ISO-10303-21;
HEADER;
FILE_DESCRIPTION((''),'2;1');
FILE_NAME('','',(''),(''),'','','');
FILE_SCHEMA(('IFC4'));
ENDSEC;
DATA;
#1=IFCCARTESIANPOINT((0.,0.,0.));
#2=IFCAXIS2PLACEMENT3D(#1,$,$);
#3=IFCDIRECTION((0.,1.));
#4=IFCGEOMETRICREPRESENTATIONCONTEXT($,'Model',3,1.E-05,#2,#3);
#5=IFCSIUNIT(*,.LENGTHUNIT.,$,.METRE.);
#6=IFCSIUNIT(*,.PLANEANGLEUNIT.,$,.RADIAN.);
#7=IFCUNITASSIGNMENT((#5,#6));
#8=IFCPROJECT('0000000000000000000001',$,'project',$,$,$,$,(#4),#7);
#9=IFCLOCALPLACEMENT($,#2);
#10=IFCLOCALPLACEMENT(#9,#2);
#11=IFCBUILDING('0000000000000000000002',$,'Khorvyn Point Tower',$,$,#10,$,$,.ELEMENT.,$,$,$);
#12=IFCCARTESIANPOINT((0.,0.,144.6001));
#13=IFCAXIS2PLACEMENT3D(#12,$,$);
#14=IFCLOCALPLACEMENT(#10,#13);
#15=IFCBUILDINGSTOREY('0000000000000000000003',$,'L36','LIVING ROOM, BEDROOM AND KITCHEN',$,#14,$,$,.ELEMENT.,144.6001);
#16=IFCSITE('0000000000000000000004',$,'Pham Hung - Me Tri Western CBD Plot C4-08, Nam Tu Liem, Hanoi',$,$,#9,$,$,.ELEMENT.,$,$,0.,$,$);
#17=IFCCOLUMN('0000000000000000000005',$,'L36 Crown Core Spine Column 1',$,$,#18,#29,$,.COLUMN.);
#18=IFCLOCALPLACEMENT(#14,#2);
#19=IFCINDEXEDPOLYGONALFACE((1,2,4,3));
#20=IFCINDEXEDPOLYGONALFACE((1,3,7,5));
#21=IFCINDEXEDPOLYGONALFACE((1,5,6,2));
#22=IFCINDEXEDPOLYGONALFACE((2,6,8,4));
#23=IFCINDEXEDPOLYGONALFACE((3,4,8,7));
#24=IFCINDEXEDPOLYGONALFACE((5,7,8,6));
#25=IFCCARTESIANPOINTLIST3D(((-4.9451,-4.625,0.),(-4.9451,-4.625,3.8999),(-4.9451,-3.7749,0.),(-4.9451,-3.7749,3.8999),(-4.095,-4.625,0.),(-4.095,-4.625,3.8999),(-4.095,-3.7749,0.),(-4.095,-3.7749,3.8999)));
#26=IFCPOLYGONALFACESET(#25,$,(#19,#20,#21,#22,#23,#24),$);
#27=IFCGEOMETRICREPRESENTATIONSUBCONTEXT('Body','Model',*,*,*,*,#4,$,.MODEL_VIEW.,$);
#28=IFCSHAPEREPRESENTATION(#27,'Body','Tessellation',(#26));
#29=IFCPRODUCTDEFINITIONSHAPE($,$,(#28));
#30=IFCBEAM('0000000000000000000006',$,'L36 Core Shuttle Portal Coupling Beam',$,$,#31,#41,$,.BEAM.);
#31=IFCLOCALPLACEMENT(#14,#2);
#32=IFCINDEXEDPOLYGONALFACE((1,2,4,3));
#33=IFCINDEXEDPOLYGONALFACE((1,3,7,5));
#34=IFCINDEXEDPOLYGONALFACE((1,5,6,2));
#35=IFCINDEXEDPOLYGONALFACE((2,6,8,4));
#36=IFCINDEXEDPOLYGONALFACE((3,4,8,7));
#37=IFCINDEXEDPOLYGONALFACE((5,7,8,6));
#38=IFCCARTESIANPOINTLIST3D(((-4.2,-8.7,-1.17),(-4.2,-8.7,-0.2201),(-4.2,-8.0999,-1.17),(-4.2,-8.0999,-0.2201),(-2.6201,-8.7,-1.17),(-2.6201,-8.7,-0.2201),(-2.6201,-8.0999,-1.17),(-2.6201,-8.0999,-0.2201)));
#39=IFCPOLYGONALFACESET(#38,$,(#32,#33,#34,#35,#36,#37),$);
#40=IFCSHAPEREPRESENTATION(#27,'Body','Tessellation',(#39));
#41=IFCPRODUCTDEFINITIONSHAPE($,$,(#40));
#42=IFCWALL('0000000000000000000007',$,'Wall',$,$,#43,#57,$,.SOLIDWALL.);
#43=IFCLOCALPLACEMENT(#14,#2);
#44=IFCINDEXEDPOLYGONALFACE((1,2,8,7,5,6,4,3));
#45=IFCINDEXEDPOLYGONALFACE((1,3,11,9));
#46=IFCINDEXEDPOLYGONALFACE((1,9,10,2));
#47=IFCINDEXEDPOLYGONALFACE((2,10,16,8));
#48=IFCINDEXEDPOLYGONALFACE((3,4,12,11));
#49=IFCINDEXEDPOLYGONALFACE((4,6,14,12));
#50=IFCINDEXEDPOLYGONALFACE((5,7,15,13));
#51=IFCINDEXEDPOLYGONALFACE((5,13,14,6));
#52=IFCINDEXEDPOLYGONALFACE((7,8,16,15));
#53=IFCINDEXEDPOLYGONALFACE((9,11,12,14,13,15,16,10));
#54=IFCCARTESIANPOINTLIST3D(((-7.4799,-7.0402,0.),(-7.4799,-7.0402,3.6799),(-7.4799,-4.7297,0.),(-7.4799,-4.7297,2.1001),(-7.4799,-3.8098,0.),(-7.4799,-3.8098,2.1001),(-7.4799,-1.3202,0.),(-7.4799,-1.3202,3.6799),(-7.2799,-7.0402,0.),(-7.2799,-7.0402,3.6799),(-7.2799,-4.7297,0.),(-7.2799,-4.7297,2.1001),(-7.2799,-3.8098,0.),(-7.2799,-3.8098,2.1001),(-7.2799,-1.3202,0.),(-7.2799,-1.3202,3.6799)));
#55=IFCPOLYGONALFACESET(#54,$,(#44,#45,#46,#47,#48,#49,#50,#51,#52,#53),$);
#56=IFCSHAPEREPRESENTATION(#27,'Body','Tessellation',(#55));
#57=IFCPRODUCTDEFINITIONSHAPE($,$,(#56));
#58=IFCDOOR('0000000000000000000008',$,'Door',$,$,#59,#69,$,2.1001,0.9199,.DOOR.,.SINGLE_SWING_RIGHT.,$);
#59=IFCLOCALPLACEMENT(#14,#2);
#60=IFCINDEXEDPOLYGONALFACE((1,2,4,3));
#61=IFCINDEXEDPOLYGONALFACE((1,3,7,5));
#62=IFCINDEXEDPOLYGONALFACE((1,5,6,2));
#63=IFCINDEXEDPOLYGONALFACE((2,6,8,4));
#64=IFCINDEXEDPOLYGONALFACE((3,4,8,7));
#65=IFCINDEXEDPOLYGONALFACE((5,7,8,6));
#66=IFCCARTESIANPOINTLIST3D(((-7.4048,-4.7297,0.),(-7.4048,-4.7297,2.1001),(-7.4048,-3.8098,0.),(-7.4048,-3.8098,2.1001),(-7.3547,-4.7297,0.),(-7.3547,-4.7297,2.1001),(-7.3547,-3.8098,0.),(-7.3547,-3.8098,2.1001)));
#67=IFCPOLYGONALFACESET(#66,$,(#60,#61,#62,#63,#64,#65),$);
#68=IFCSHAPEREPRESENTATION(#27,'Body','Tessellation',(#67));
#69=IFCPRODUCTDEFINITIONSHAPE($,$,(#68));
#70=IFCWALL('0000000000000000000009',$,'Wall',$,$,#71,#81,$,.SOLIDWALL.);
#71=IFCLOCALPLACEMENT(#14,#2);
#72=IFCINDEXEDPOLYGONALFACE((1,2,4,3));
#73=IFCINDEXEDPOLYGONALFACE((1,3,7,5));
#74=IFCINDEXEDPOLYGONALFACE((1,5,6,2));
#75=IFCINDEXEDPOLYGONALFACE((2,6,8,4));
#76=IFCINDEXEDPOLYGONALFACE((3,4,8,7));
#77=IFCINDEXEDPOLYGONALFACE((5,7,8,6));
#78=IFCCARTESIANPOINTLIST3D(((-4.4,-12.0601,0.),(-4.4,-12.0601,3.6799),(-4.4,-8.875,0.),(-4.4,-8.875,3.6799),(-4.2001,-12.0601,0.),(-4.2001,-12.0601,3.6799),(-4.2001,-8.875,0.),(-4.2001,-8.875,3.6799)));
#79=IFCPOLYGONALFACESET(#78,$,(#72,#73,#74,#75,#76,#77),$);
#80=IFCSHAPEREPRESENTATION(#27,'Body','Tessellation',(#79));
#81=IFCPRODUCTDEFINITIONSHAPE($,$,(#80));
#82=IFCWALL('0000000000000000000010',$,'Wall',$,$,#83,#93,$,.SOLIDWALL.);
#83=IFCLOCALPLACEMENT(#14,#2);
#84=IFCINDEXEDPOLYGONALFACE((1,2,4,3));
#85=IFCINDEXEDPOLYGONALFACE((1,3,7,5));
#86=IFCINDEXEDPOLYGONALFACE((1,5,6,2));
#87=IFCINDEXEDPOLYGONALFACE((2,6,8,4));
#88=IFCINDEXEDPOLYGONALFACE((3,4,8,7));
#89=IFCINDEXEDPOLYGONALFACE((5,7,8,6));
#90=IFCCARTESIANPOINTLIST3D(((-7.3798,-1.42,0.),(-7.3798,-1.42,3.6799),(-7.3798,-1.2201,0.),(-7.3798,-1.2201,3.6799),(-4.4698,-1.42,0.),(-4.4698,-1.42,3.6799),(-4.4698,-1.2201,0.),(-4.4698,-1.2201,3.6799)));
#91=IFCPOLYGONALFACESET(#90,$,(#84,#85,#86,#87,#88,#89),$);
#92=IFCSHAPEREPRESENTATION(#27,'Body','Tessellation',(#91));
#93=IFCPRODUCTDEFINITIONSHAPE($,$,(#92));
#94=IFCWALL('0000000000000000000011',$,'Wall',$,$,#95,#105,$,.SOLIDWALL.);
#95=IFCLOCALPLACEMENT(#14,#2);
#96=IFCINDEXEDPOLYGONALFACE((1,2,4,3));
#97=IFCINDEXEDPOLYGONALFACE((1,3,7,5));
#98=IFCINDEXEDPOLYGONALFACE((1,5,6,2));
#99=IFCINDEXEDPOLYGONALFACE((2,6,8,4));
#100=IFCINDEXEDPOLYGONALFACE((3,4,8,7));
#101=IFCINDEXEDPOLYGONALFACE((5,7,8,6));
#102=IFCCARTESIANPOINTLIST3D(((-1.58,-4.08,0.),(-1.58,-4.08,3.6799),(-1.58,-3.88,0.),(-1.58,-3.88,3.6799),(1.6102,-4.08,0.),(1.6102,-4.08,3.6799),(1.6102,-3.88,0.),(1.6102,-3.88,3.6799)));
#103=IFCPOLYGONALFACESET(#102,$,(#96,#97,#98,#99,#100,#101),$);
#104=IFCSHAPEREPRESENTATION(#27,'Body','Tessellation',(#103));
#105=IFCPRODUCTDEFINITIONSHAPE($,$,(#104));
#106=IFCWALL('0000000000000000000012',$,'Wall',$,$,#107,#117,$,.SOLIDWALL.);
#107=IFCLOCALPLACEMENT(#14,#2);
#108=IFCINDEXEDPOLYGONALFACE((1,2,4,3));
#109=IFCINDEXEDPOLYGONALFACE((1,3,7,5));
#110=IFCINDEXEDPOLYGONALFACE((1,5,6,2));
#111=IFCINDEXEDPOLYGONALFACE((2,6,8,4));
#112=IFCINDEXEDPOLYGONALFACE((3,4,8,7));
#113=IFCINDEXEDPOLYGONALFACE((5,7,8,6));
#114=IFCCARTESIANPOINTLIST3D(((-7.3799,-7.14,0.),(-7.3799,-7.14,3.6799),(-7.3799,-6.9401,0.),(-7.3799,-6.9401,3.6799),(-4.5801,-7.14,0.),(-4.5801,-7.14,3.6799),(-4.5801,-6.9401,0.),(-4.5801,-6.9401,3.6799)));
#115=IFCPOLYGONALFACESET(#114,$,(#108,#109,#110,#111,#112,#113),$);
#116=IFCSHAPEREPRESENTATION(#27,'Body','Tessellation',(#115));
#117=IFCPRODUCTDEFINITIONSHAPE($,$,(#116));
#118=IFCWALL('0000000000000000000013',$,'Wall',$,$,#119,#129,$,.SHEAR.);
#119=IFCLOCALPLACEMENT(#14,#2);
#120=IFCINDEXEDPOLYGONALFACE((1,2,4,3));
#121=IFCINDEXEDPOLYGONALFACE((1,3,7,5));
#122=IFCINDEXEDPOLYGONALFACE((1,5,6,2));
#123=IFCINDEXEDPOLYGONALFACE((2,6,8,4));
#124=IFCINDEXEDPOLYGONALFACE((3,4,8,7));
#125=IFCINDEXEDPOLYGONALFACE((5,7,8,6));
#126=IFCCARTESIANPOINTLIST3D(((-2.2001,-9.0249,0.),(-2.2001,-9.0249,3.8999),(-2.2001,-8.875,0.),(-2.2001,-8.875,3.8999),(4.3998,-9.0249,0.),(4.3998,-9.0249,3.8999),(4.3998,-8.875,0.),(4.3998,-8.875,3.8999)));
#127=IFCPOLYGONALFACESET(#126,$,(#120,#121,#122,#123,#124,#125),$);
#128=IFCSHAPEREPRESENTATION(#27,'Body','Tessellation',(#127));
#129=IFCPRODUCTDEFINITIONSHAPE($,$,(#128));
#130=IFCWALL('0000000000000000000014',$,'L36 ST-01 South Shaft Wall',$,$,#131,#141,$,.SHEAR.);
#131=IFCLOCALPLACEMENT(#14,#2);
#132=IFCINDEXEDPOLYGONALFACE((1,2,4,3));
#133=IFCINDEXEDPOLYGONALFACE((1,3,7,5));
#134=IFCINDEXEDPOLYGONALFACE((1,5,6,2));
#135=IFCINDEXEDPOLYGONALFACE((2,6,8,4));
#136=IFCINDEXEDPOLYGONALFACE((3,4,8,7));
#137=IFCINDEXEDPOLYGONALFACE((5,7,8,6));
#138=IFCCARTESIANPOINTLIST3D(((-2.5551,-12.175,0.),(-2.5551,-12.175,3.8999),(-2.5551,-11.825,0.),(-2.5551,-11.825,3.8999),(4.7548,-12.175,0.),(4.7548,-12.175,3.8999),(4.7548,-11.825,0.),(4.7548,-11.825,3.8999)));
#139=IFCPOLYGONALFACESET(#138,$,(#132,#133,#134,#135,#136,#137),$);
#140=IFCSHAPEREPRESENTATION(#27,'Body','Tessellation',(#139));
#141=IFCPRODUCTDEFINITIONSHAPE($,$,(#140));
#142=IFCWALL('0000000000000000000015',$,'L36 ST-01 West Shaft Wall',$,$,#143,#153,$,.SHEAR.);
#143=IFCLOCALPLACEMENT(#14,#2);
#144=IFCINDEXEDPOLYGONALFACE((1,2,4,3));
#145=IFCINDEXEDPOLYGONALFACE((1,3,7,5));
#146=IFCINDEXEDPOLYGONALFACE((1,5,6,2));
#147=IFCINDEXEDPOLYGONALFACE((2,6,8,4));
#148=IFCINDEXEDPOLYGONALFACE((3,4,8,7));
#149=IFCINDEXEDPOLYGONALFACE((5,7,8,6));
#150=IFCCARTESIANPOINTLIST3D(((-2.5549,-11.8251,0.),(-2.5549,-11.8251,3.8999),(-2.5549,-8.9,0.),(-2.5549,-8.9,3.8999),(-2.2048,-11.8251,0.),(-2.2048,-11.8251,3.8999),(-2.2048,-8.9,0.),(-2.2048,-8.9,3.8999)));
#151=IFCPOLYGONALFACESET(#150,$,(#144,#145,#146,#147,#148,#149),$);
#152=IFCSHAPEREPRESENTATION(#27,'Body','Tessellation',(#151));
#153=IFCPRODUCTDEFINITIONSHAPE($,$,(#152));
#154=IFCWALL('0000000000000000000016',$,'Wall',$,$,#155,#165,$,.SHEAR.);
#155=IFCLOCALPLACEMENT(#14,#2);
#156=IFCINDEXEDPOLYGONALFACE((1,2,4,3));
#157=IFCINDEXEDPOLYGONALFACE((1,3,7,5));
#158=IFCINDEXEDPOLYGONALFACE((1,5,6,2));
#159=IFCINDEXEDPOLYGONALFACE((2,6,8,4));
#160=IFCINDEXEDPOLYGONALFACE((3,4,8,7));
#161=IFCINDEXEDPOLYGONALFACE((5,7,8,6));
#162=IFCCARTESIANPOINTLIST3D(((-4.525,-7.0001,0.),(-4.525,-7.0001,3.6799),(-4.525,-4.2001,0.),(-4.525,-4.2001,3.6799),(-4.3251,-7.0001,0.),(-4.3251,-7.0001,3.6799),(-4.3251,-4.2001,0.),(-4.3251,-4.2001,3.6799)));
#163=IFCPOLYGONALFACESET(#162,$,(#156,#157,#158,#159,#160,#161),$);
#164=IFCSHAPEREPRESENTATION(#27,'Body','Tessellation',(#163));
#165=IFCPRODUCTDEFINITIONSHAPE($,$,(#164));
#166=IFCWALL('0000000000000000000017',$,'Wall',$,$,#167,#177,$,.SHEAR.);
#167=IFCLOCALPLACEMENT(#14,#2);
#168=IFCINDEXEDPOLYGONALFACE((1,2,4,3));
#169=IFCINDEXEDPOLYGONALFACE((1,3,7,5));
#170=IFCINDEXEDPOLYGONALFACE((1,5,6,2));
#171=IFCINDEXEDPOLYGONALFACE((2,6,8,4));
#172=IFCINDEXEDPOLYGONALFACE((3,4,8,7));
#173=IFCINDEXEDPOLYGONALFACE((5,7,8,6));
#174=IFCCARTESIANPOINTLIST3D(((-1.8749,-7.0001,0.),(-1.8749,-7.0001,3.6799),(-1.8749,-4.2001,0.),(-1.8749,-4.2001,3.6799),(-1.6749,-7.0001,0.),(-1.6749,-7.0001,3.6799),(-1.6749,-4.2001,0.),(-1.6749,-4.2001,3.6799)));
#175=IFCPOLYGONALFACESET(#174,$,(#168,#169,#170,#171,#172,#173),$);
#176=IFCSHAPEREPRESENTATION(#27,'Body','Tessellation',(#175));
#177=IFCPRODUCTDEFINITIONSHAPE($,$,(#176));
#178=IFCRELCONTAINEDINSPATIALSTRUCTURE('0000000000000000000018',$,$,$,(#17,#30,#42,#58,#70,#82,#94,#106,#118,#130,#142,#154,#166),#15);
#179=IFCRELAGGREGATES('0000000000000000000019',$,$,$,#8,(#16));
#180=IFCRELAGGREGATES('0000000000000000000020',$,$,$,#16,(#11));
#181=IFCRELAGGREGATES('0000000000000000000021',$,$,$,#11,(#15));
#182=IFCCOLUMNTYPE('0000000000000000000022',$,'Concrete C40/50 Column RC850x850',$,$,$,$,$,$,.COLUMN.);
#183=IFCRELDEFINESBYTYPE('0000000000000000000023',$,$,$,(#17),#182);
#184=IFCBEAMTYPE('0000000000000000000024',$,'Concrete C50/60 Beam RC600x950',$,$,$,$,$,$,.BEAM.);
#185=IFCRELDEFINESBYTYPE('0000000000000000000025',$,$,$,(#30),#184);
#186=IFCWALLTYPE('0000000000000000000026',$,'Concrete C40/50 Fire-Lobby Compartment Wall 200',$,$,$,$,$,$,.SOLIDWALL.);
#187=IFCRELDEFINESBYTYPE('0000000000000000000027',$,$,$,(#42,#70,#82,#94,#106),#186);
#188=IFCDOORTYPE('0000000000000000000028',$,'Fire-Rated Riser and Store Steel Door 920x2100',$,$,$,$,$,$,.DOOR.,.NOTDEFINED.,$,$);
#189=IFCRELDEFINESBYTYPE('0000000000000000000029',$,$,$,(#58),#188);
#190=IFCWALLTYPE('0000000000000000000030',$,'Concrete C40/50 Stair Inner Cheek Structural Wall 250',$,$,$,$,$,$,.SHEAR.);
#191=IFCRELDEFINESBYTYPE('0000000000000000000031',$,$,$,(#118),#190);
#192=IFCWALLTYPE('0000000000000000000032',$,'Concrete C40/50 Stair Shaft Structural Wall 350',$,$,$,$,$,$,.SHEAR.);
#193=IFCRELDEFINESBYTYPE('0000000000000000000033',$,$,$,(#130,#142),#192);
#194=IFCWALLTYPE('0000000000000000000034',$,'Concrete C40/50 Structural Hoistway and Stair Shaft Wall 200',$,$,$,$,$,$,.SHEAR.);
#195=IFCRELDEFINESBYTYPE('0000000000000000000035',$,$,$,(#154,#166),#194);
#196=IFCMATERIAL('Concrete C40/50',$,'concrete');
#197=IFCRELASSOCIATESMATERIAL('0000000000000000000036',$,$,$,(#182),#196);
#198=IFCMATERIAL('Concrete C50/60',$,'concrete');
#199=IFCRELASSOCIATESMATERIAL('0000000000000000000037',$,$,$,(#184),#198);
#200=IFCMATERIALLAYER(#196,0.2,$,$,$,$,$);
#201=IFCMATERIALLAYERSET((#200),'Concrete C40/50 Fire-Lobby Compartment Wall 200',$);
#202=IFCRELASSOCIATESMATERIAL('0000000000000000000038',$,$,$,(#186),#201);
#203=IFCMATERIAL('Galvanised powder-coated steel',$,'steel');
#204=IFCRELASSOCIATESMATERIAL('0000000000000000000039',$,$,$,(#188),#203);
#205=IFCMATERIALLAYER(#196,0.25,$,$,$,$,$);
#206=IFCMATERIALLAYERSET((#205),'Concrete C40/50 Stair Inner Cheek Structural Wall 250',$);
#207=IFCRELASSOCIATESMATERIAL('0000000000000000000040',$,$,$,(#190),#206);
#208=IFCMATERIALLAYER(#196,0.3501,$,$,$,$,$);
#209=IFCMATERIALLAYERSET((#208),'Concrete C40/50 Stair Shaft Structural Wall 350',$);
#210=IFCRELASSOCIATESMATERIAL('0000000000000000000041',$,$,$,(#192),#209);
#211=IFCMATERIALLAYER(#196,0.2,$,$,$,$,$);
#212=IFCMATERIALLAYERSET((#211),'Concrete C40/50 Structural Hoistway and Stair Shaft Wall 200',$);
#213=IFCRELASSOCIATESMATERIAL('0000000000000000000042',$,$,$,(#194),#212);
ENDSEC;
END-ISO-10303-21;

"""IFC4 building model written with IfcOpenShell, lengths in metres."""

from ifc_helpers import new_model, si_unit, direction, frame, frame_2d, origin, origin_2d, place, context, subcontext, project, spatial, rectangle, extrude, material, layer, layer_set, material_profile, profile_set, type_object, element, fill, save


model = new_model("IFC4")

# Units and contexts
model_context = context("Model", 3, precision=1e-05, world=origin(), true_north=direction((0.0, 1.0)))
body_context = subcontext(model_context, "Body", "Model", "MODEL_VIEW")
ifc_project = project(units=[si_unit("LENGTHUNIT", "METRE"), si_unit("PLANEANGLEUNIT", "RADIAN")], contexts=[model_context])

# Site, building, storey
site_placement = place(None, origin())
site = spatial("IfcSite", under=ifc_project, at=site_placement, Name="Pham Hung - Me Tri Western CBD Plot C4-08, Nam Tu Liem, Hanoi", CompositionType="ELEMENT", RefElevation=0.0)
building_placement = place(site_placement, origin())
building = spatial("IfcBuilding", under=site, at=building_placement, Name="Khorvyn Point Tower", CompositionType="ELEMENT")
storey_placement = place(building_placement, frame((0.0, 0.0, 144.6001)))
storey = spatial("IfcBuildingStorey", under=building, at=storey_placement, Name="L36", Description="LIVING ROOM, BEDROOM AND KITCHEN", CompositionType="ELEMENT", Elevation=144.6001)

# Column
ifc_material_1 = material(Name="Concrete C40/50", Category="concrete")
ifc_material_profile_1 = material_profile(ifc_material_1, rectangle(XDim=0.8501, YDim=0.8501, at=origin_2d()))
ifc_profile_set_1 = profile_set([ifc_material_profile_1], Name="Concrete C40/50 RC850x850")
column_type = type_object("IfcColumnType", Name="Concrete C40/50 Column RC850x850", PredefinedType="COLUMN", material=ifc_profile_set_1)
column_placement = place(storey_placement, frame((-4.52, -4.2, 0.0), z_axis=(0.0, 0.0, 1.0), x_axis=(1.0, 0.0, 0.0)))
element("IfcColumn", 1, at=column_placement, inside=storey, type_object=column_type, Name="L36 Crown Core Spine Column 1", PredefinedType="COLUMN", context=body_context, shape_type="SweptSolid", body=[
    extrude(rectangle(XDim=0.8501, YDim=0.8501, at=origin_2d()), origin(), (0.0, 0.0, 1.0), 3.8999),
])

# Beam
ifc_material_2 = material(Name="Concrete C50/60", Category="concrete")
ifc_material_profile_2 = material_profile(ifc_material_2, rectangle(XDim=0.6001, YDim=0.95, at=origin_2d()))
ifc_profile_set_2 = profile_set([ifc_material_profile_2], Name="Concrete C50/60 RC600x950")
beam_type = type_object("IfcBeamType", Name="Concrete C50/60 Beam RC600x950", PredefinedType="BEAM", material=ifc_profile_set_2)
beam_placement = place(storey_placement, frame((-4.2, -8.3999, -0.6951), z_axis=(1.0, 0.0, 0.0), x_axis=(0.0, 1.0, 0.0)))
element("IfcBeam", 2, at=beam_placement, inside=storey, type_object=beam_type, Name="L36 Core Shuttle Portal Coupling Beam", PredefinedType="BEAM", context=body_context, shape_type="SweptSolid", body=[
    extrude(rectangle(XDim=0.6001, YDim=0.95, at=origin_2d()), origin(), (0.0, 0.0, 1.0), 1.5798),
])

# Wall, opening, door
ifc_layer_1 = layer(ifc_material_1, 0.2)
ifc_layer_set_1 = layer_set([ifc_layer_1], Name="Concrete C40/50 Fire-Lobby Compartment Wall 200")
wall_type_1 = type_object("IfcWallType", Name="Concrete C40/50 Fire-Lobby Compartment Wall 200", PredefinedType="SOLIDWALL", material=ifc_layer_set_1)
ifc_material_3 = material(Name="Galvanised powder-coated steel", Category="steel")
wall_1_placement = place(storey_placement, frame((-7.3799, -7.04, 0.0), z_axis=(0.0, 0.0, 1.0), x_axis=(0.0, 1.0, 0.0)))
wall_1 = element("IfcWall", 3, at=wall_1_placement, inside=storey, type_object=wall_type_1, Name="Wall", PredefinedType="SOLIDWALL", context=body_context, shape_type="SweptSolid", body=[
    extrude(rectangle(XDim=5.72, YDim=0.2, at=frame_2d((2.8599, 0.0))), origin(), (0.0, 0.0, 1.0), 3.6799),
])
opening_1_placement = place(wall_1_placement, frame((2.3103, 0.0, 0.0)))
opening_1 = element("IfcOpeningElement", 4, at=opening_1_placement, cuts=wall_1, PredefinedType="OPENING", context=body_context, shape_type="SweptSolid", body=[
    extrude(rectangle(XDim=0.9199, YDim=2.1001, at=frame_2d((0.46, 1.05))), frame((0.0, 0.1099, 0.0), z_axis=(0.0, -1.0, 0.0), x_axis=(1.0, 0.0, 0.0)), (0.0, 0.0, 1.0), 0.22),
])
door_type_1 = type_object("IfcDoorType", Name="Fire-Rated Riser and Store Steel Door 920x2100", OperationType="NOTDEFINED", PredefinedType="DOOR", material=ifc_material_3)
door_1_placement = place(opening_1_placement, origin())
door_1 = element("IfcDoor", 5, at=door_1_placement, inside=storey, type_object=door_type_1, Name="Door", OperationType="SINGLE_SWING_RIGHT", OverallHeight=2.1001, OverallWidth=0.9199, PredefinedType="DOOR", context=body_context, shape_type="SweptSolid", body=[
    extrude(rectangle(XDim=0.9199, YDim=2.1001, at=frame_2d((0.46, 1.05))), frame((0.0, 0.0249, 0.0), z_axis=(0.0, -1.0, 0.0), x_axis=(1.0, 0.0, 0.0)), (0.0, 0.0, 1.0), 0.05),
])
fill(opening_1, door_1)

# Walls
wall_2_placement = place(storey_placement, frame((-4.3, -12.0601, 0.0), z_axis=(0.0, 0.0, 1.0), x_axis=(0.0, 1.0, 0.0)))
element("IfcWall", 6, at=wall_2_placement, inside=storey, type_object=wall_type_1, Name="Wall", PredefinedType="SOLIDWALL", context=body_context, shape_type="SweptSolid", body=[
    extrude(rectangle(XDim=3.1851, YDim=0.2, at=frame_2d((1.5925, 0.0))), origin(), (0.0, 0.0, 1.0), 3.6799),
])
wall_3_placement = place(storey_placement, frame((-7.3799, -1.3201, 0.0), z_axis=(0.0, 0.0, 1.0), x_axis=(1.0, 0.0, 0.0)))
element("IfcWall", 7, at=wall_3_placement, inside=storey, type_object=wall_type_1, Name="Wall", PredefinedType="SOLIDWALL", context=body_context, shape_type="SweptSolid", body=[
    extrude(rectangle(XDim=2.9099, YDim=0.2, at=frame_2d((1.4551, 0.0))), origin(), (0.0, 0.0, 1.0), 3.6799),
])
wall_4_placement = place(storey_placement, frame((-1.5801, -3.98, 0.0), z_axis=(0.0, 0.0, 1.0), x_axis=(1.0, 0.0, 0.0)))
element("IfcWall", 8, at=wall_4_placement, inside=storey, type_object=wall_type_1, Name="Wall", PredefinedType="SOLIDWALL", context=body_context, shape_type="SweptSolid", body=[
    extrude(rectangle(XDim=3.1902, YDim=0.2, at=frame_2d((1.5952, 0.0))), origin(), (0.0, 0.0, 1.0), 3.6799),
])
wall_5_placement = place(storey_placement, frame((-7.3799, -7.04, 0.0), z_axis=(0.0, 0.0, 1.0), x_axis=(1.0, 0.0, 0.0)))
element("IfcWall", 9, at=wall_5_placement, inside=storey, type_object=wall_type_1, Name="Wall", PredefinedType="SOLIDWALL", context=body_context, shape_type="SweptSolid", body=[
    extrude(rectangle(XDim=2.7998, YDim=0.2, at=frame_2d((1.3999, 0.0))), origin(), (0.0, 0.0, 1.0), 3.6799),
])
ifc_layer_2 = layer(ifc_material_1, 0.25)
ifc_layer_set_2 = layer_set([ifc_layer_2], Name="Concrete C40/50 Stair Inner Cheek Structural Wall 250")
wall_type_2 = type_object("IfcWallType", Name="Concrete C40/50 Stair Inner Cheek Structural Wall 250", PredefinedType="SHEAR", material=ifc_layer_set_2)
wall_6_placement = place(storey_placement, frame((-2.2, -8.95, 0.0), z_axis=(0.0, 0.0, 1.0), x_axis=(1.0, 0.0, 0.0)))
element("IfcWall", 10, at=wall_6_placement, inside=storey, type_object=wall_type_2, Name="Wall", PredefinedType="SHEAR", context=body_context, shape_type="SweptSolid", body=[
    extrude(rectangle(XDim=6.5999, YDim=0.1499, at=frame_2d((3.2998, 0.0))), origin(), (0.0, 0.0, 1.0), 3.8999),
])
ifc_layer_3 = layer(ifc_material_1, 0.3501)
ifc_layer_set_3 = layer_set([ifc_layer_3], Name="Concrete C40/50 Stair Shaft Structural Wall 350")
wall_type_3 = type_object("IfcWallType", Name="Concrete C40/50 Stair Shaft Structural Wall 350", PredefinedType="SHEAR", material=ifc_layer_set_3)
wall_7_placement = place(storey_placement, frame((-2.5549, -12.0, 0.0), z_axis=(0.0, 0.0, 1.0), x_axis=(1.0, 0.0, 0.0)))
element("IfcWall", 11, at=wall_7_placement, inside=storey, type_object=wall_type_3, Name="L36 ST-01 South Shaft Wall", PredefinedType="SHEAR", context=body_context, shape_type="SweptSolid", body=[
    extrude(rectangle(XDim=7.3098, YDim=0.3501, at=frame_2d((3.6548, 0.0))), origin(), (0.0, 0.0, 1.0), 3.8999),
])
wall_8_placement = place(storey_placement, frame((-2.3799, -11.825, 0.0), z_axis=(0.0, 0.0, 1.0), x_axis=(0.0, 1.0, 0.0)))
element("IfcWall", 12, at=wall_8_placement, inside=storey, type_object=wall_type_3, Name="L36 ST-01 West Shaft Wall", PredefinedType="SHEAR", context=body_context, shape_type="SweptSolid", body=[
    extrude(rectangle(XDim=2.925, YDim=0.3501, at=frame_2d((1.4624, 0.0))), origin(), (0.0, 0.0, 1.0), 3.8999),
])
ifc_layer_4 = layer(ifc_material_1, 0.2)
ifc_layer_set_4 = layer_set([ifc_layer_4], Name="Concrete C40/50 Structural Hoistway and Stair Shaft Wall 200")
wall_type_4 = type_object("IfcWallType", Name="Concrete C40/50 Structural Hoistway and Stair Shaft Wall 200", PredefinedType="SHEAR", material=ifc_layer_set_4)
for number, where, z_axis, x_axis, name in (
    (13, (-4.425, -7.0, 0.0), (0.0, 0.0, 1.0), (0.0, 1.0, 0.0), "Wall"),
    (14, (-1.7749, -7.0, 0.0), (0.0, 0.0, 1.0), (0.0, 1.0, 0.0), "Wall"),
):
    element("IfcWall", number, at=place(storey_placement, frame(where, z_axis=z_axis, x_axis=x_axis)), inside=storey, type_object=wall_type_4, Name=name, PredefinedType="SHEAR", context=body_context, shape_type="SweptSolid", body=[
        extrude(rectangle(XDim=2.8, YDim=0.2, at=frame_2d((1.3999, 0.0))), origin(), (0.0, 0.0, 1.0), 3.6799),
    ])

save(model, "model.ifc")
